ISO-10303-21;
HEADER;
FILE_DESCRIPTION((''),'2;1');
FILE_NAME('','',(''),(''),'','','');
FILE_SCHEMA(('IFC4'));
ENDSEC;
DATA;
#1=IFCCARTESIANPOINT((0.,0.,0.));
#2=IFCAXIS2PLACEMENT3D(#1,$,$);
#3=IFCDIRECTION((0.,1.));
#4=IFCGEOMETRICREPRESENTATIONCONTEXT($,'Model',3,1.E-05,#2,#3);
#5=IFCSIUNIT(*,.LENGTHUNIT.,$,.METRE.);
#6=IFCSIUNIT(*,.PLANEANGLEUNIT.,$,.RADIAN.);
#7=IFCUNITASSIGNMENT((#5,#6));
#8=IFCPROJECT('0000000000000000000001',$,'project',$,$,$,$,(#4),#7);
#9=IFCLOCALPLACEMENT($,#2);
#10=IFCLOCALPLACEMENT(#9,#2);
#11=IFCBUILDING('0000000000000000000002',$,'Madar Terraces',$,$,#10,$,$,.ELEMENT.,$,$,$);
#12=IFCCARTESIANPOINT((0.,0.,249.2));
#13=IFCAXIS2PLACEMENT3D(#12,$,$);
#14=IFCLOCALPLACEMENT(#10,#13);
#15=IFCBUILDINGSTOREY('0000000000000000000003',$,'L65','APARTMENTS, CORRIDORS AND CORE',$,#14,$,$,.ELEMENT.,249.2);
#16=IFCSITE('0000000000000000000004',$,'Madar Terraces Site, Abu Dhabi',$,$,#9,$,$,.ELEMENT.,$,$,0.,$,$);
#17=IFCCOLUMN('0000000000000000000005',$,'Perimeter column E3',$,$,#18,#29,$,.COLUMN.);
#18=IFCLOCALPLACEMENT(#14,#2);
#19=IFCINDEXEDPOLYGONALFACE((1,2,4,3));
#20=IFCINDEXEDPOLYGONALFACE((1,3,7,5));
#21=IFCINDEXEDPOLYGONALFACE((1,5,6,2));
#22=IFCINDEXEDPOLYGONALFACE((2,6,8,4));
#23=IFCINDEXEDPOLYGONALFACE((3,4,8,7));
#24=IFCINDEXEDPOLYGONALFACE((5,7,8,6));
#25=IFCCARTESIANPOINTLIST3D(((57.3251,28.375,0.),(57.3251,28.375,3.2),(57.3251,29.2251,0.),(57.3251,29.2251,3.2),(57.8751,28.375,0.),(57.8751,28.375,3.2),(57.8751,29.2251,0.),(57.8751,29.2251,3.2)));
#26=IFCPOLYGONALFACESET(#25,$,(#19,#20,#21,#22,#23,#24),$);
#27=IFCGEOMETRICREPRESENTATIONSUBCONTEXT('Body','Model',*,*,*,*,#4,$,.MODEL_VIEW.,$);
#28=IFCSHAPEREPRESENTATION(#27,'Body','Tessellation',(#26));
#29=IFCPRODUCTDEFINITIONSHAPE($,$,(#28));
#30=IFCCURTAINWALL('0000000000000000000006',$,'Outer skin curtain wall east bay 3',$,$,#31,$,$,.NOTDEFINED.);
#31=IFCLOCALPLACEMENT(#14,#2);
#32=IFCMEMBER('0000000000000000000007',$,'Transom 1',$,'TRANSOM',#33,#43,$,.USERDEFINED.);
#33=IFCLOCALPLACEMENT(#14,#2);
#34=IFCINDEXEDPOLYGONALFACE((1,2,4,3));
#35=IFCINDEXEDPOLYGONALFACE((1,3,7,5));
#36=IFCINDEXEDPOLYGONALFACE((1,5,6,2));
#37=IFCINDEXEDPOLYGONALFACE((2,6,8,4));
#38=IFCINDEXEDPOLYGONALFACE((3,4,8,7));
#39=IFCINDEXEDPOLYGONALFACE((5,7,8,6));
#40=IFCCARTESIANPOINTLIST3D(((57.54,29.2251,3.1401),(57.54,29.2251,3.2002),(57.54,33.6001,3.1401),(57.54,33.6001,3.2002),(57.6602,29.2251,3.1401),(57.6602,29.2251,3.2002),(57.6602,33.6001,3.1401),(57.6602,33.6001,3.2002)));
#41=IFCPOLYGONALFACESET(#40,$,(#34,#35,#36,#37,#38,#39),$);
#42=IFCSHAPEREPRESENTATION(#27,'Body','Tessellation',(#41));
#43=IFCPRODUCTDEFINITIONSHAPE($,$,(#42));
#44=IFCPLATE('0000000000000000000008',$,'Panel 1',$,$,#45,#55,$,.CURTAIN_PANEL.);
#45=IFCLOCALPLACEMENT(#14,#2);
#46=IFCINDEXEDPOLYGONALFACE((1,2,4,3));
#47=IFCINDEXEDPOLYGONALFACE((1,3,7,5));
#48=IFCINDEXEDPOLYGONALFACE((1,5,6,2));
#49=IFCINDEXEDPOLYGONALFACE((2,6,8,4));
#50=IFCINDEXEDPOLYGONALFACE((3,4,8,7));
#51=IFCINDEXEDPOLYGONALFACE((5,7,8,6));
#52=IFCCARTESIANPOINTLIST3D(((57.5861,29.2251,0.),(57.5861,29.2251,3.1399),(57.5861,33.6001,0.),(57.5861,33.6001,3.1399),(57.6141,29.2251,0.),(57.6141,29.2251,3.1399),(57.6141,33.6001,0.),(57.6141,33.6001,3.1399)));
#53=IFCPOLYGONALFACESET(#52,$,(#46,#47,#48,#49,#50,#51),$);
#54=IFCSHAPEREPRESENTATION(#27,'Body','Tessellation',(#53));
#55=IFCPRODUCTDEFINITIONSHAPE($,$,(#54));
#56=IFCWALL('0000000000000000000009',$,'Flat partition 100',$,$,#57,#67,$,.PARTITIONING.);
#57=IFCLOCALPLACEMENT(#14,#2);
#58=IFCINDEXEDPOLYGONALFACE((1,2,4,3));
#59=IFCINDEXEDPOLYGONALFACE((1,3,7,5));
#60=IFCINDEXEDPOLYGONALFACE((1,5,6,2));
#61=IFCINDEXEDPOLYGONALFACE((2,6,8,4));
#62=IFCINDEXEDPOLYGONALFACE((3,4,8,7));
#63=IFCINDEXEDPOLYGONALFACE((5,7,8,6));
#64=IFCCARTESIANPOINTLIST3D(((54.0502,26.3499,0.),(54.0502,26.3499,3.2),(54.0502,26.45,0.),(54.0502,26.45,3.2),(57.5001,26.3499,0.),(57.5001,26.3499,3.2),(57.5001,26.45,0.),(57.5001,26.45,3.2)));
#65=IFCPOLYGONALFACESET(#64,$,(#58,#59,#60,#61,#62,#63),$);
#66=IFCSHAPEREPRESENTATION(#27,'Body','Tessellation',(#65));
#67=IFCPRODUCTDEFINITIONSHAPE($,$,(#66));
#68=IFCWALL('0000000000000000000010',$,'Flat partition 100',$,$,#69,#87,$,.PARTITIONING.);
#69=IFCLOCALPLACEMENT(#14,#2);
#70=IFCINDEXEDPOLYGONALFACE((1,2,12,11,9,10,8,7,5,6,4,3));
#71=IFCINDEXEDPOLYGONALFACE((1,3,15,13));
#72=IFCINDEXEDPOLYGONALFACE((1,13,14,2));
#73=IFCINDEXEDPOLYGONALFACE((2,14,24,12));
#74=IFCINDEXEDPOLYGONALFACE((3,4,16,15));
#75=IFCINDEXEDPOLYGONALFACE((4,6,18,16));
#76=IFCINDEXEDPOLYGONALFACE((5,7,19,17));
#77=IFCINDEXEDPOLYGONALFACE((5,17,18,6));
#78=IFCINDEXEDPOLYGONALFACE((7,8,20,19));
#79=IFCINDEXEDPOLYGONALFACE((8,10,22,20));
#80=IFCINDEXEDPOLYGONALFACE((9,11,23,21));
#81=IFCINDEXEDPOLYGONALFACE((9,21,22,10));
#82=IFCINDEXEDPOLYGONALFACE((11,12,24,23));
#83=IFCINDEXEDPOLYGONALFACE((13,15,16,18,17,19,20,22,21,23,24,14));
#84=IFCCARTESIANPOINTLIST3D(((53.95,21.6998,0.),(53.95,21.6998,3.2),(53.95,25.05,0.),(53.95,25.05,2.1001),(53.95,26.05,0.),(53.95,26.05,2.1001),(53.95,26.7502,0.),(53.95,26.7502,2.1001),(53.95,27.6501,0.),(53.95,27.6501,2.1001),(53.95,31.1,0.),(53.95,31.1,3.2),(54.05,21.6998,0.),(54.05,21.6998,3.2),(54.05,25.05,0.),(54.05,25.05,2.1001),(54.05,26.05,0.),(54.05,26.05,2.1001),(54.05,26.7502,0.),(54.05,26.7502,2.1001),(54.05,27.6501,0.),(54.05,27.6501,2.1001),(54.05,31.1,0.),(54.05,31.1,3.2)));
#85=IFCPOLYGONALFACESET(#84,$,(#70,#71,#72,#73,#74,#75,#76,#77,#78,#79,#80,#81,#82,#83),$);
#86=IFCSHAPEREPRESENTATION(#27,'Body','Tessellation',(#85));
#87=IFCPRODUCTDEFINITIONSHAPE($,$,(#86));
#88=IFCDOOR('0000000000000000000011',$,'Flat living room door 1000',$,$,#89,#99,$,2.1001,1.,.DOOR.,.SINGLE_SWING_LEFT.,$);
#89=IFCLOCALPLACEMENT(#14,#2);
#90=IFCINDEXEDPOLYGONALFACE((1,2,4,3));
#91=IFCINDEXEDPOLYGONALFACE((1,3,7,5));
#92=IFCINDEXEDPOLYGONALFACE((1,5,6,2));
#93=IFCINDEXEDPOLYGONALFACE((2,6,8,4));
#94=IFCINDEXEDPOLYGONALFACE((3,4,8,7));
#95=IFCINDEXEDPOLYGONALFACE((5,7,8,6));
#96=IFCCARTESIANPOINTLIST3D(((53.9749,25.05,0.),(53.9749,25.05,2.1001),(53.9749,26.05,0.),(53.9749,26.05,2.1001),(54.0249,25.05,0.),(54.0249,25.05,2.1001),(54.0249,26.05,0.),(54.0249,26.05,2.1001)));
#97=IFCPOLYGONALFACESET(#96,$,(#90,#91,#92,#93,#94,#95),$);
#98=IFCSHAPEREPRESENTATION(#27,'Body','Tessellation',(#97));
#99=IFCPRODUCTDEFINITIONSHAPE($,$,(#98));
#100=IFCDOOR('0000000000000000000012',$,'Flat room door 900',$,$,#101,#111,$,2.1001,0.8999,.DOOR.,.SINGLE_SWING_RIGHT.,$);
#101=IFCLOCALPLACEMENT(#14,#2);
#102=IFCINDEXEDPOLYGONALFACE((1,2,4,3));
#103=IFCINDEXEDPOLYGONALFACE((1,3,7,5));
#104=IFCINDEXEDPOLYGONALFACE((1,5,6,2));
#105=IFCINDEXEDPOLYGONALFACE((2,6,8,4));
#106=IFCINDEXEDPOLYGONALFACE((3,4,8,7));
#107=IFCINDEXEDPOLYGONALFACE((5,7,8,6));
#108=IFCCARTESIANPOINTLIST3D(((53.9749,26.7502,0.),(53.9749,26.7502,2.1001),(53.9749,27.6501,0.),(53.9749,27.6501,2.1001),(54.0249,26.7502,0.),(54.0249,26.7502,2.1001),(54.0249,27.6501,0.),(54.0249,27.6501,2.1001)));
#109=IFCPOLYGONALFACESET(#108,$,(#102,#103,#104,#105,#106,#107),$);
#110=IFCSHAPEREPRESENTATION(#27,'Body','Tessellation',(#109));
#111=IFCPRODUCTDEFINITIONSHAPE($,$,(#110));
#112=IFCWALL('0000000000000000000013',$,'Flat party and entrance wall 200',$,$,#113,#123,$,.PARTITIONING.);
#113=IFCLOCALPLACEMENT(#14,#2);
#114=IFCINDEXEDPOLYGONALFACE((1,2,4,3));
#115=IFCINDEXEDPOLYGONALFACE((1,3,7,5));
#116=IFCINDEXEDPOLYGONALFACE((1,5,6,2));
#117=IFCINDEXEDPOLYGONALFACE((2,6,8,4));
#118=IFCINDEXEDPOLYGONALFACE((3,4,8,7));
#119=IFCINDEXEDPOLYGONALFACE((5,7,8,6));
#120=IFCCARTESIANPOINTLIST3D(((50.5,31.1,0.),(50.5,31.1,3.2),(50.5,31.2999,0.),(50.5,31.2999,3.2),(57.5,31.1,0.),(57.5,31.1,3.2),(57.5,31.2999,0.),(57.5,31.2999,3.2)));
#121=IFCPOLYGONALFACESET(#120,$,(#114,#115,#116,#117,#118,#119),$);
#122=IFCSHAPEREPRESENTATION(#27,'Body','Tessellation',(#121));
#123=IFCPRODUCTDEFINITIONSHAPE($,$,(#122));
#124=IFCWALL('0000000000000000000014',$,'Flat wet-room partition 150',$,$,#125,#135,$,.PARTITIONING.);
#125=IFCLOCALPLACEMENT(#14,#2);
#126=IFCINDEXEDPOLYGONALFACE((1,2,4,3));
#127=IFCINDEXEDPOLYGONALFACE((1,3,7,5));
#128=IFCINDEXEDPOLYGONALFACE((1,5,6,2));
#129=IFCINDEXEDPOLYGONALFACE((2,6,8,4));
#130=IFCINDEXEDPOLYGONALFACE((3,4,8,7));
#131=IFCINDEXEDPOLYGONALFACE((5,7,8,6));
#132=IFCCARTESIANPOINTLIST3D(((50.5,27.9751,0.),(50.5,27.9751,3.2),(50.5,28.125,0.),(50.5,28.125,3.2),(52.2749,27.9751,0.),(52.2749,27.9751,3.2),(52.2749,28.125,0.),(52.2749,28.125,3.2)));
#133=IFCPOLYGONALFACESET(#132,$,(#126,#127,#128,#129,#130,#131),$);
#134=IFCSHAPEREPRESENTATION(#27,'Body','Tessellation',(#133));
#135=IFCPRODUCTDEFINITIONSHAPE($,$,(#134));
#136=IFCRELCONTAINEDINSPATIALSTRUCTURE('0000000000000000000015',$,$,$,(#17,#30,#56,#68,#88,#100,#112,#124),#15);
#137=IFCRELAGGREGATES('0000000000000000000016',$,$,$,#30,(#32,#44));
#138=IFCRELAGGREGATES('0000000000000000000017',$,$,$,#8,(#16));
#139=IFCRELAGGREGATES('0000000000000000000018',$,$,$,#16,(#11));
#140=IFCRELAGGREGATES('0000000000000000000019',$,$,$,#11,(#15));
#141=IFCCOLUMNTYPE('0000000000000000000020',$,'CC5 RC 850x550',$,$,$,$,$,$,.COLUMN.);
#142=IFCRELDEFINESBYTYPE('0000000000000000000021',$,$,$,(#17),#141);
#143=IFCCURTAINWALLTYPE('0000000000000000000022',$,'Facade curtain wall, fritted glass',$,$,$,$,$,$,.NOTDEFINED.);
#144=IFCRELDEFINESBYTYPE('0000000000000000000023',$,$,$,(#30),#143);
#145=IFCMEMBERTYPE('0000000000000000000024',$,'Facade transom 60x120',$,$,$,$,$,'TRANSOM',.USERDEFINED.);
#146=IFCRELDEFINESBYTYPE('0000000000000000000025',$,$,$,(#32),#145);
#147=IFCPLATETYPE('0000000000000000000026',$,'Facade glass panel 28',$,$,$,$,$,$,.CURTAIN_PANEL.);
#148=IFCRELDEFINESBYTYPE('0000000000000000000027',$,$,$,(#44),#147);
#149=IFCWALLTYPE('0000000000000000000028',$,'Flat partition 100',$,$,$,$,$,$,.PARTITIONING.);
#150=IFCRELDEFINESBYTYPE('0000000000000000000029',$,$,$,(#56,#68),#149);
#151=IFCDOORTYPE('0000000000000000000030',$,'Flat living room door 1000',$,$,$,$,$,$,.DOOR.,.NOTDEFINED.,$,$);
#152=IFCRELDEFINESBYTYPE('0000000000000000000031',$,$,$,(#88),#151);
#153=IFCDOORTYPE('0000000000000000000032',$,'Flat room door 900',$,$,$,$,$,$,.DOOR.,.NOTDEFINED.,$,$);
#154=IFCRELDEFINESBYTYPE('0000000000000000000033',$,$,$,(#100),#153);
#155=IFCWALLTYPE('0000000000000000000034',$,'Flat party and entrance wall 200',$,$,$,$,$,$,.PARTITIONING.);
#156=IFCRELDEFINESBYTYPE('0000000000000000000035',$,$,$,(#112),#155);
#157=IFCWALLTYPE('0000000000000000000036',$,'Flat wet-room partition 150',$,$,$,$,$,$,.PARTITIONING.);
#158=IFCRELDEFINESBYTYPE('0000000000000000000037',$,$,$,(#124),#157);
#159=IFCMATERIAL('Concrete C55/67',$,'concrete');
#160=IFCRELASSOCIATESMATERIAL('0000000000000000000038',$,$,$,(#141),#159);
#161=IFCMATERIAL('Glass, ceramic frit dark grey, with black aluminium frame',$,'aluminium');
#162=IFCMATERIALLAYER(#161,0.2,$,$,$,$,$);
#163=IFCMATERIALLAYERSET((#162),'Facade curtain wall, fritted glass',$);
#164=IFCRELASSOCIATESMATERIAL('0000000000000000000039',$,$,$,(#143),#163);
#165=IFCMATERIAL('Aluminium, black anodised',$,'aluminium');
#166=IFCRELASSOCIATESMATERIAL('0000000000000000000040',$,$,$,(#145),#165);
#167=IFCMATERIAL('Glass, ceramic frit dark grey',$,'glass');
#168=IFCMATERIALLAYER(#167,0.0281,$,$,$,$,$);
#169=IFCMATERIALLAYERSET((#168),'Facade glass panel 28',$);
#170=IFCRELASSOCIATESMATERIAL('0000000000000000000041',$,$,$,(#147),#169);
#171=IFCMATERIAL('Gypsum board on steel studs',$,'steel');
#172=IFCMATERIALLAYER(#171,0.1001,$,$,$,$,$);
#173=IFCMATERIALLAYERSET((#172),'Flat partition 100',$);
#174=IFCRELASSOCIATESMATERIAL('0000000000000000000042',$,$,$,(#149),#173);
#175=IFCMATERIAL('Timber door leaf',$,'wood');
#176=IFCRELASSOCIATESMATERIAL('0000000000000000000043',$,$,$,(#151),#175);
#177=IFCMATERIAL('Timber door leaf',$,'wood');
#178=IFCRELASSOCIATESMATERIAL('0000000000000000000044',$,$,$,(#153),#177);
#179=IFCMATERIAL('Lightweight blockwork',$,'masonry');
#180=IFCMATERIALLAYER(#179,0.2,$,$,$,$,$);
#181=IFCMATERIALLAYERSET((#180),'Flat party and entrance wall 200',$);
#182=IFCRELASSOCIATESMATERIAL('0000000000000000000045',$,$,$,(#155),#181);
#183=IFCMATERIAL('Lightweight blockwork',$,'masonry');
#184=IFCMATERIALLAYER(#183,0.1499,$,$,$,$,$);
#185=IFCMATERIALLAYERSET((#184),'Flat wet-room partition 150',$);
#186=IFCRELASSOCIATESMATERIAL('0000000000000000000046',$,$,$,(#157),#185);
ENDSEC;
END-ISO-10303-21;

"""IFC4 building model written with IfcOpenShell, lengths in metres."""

from ifc_helpers import new_model, si_unit, direction, frame, frame_2d, origin, origin_2d, place, context, subcontext, project, spatial, rectangle, extrude, material, layer, layer_set, material_profile, profile_set, type_object, element, fill, aggregate, save


model = new_model("IFC4")

# Units and contexts
model_context = context("Model", 3, precision=1e-05, world=origin(), true_north=direction((0.0, 1.0)))
body_context = subcontext(model_context, "Body", "Model", "MODEL_VIEW")
ifc_project = project(units=[si_unit("LENGTHUNIT", "METRE"), si_unit("PLANEANGLEUNIT", "RADIAN")], contexts=[model_context])

# Site, building, storey
site_placement = place(None, origin())
site = spatial("IfcSite", under=ifc_project, at=site_placement, Name="Madar Terraces Site, Abu Dhabi", CompositionType="ELEMENT", RefElevation=0.0)
building_placement = place(site_placement, origin())
building = spatial("IfcBuilding", under=site, at=building_placement, Name="Madar Terraces", CompositionType="ELEMENT")
storey_placement = place(building_placement, frame((0.0, 0.0, 249.2)))
storey = spatial("IfcBuildingStorey", under=building, at=storey_placement, Name="L65", Description="APARTMENTS, CORRIDORS AND CORE", CompositionType="ELEMENT", Elevation=249.2)

# Column
ifc_material_1 = material(Name="Concrete C55/67", Category="concrete")
ifc_material_profile_1 = material_profile(ifc_material_1, rectangle(XDim=0.8501, YDim=0.55, at=origin_2d()), Name="CC5 RC 850x550")
ifc_profile_set_1 = profile_set([ifc_material_profile_1], Name="Concrete C55/67")
column_type = type_object("IfcColumnType", Name="CC5 RC 850x550", PredefinedType="COLUMN", material=ifc_profile_set_1)
column_placement = place(storey_placement, frame((57.6001, 28.8, 0.0), z_axis=(0.0, 0.0, 1.0), x_axis=(0.0, 1.0, 0.0)))
element("IfcColumn", 1, at=column_placement, inside=storey, type_object=column_type, Name="Perimeter column E3", PredefinedType="COLUMN", context=body_context, shape_type="SweptSolid", body=[
    extrude(rectangle(XDim=0.8501, YDim=0.55, at=origin_2d()), origin(), (0.0, 0.0, 1.0), 3.2),
])

# Curtain wall, member, plate
ifc_material_2 = material(Name="Glass, ceramic frit dark grey, with black aluminium frame", Category="aluminium")
ifc_layer_1 = layer(ifc_material_2, 0.2)
ifc_layer_set_1 = layer_set([ifc_layer_1], Name="Facade curtain wall, fritted glass")
curtain_wall_type = type_object("IfcCurtainWallType", Name="Facade curtain wall, fritted glass", PredefinedType="NOTDEFINED", material=ifc_layer_set_1)
curtain_wall_placement = place(storey_placement, origin())
curtain_wall = element("IfcCurtainWall", 2, at=curtain_wall_placement, inside=storey, type_object=curtain_wall_type, Name="Outer skin curtain wall east bay 3", PredefinedType="NOTDEFINED")
ifc_material_3 = material(Name="Aluminium, black anodised", Category="aluminium")
ifc_material_profile_2 = material_profile(ifc_material_3, rectangle(XDim=0.1201, YDim=0.0601, at=origin_2d()), Name="Facade transom 60x120")
ifc_profile_set_2 = profile_set([ifc_material_profile_2], Name="Aluminium, black anodised")
member_type = type_object("IfcMemberType", Name="Facade transom 60x120", ElementType="TRANSOM", PredefinedType="USERDEFINED", material=ifc_profile_set_2)
member_placement = place(storey_placement, frame((57.6001, 29.2251, 3.1702), z_axis=(0.0, 1.0, 0.0), x_axis=(-1.0, 0.0, 0.0)))
member = element("IfcMember", 3, at=member_placement, type_object=member_type, Name="Transom 1", ObjectType="TRANSOM", PredefinedType="USERDEFINED", context=body_context, shape_type="SweptSolid", body=[
    extrude(rectangle(XDim=0.1201, YDim=0.0601, at=origin_2d()), origin(), (0.0, 0.0, 1.0), 4.375),
])
ifc_material_4 = material(Name="Glass, ceramic frit dark grey", Category="glass")
ifc_layer_2 = layer(ifc_material_4, 0.0281)
ifc_layer_set_2 = layer_set([ifc_layer_2], Name="Facade glass panel 28")
plate_type = type_object("IfcPlateType", Name="Facade glass panel 28", PredefinedType="CURTAIN_PANEL", material=ifc_layer_set_2)
plate_placement = place(storey_placement, frame((57.6001, 31.4126, 0.0), z_axis=(0.0, 0.0, 1.0), x_axis=(0.0, 1.0, 0.0)))
plate = element("IfcPlate", 4, at=plate_placement, type_object=plate_type, Name="Panel 1", PredefinedType="CURTAIN_PANEL", context=body_context, shape_type="SweptSolid", body=[
    extrude(rectangle(XDim=4.375, YDim=0.0281, at=origin_2d()), origin(), (0.0, 0.0, 1.0), 3.1399),
])
aggregate(curtain_wall, [member, plate])

# Wall
ifc_material_5 = material(Name="Gypsum board on steel studs", Category="steel")
ifc_layer_3 = layer(ifc_material_5, 0.1001)
ifc_layer_set_3 = layer_set([ifc_layer_3], Name="Flat partition 100")
wall_type_1 = type_object("IfcWallType", Name="Flat partition 100", PredefinedType="PARTITIONING", material=ifc_layer_set_3)
wall_1_placement = place(storey_placement, frame((54.05, 26.3999, 0.0), z_axis=(0.0, 0.0, 1.0), x_axis=(1.0, 0.0, 0.0)))
element("IfcWall", 5, at=wall_1_placement, inside=storey, type_object=wall_type_1, Name="Flat partition 100", PredefinedType="PARTITIONING", context=body_context, shape_type="SweptSolid", body=[
    extrude(rectangle(XDim=3.45, YDim=0.1001, at=frame_2d((1.7251, 0.0))), origin(), (0.0, 0.0, 1.0), 3.2),
])

# Wall, openings, doors
wall_2_placement = place(storey_placement, frame((54.0, 31.1001, 0.0), z_axis=(0.0, 0.0, 1.0), x_axis=(0.0, -1.0, 0.0)))
wall_2 = element("IfcWall", 6, at=wall_2_placement, inside=storey, type_object=wall_type_1, Name="Flat partition 100", PredefinedType="PARTITIONING", context=body_context, shape_type="SweptSolid", body=[
    extrude(rectangle(XDim=9.4001, YDim=0.1001, at=frame_2d((4.7002, 0.0))), origin(), (0.0, 0.0, 1.0), 3.2),
])
opening_1_placement = place(wall_2_placement, frame((5.05, 0.0, 0.0)))
opening_1 = element("IfcOpeningElement", 7, at=opening_1_placement, cuts=wall_2, PredefinedType="OPENING", context=body_context, shape_type="SweptSolid", body=[
    extrude(rectangle(XDim=1.0, YDim=2.1001, at=frame_2d((0.5, 1.05))), frame((0.0, 0.0601, 0.0), z_axis=(0.0, -1.0, 0.0), x_axis=(1.0, 0.0, 0.0)), (0.0, 0.0, 1.0), 0.1201),
])
opening_2_placement = place(wall_2_placement, frame((3.45, 0.0, 0.0)))
opening_2 = element("IfcOpeningElement", 8, at=opening_2_placement, cuts=wall_2, PredefinedType="OPENING", context=body_context, shape_type="SweptSolid", body=[
    extrude(rectangle(XDim=0.8999, YDim=2.1001, at=frame_2d((0.45, 1.05))), frame((0.0, 0.0601, 0.0), z_axis=(0.0, -1.0, 0.0), x_axis=(1.0, 0.0, 0.0)), (0.0, 0.0, 1.0), 0.1201),
])
ifc_material_6 = material(Name="Timber door leaf", Category="wood")
door_type_1 = type_object("IfcDoorType", Name="Flat living room door 1000", OperationType="NOTDEFINED", PredefinedType="DOOR", material=ifc_material_6)
door_1_placement = place(opening_1_placement, origin())
door_1 = element("IfcDoor", 9, at=door_1_placement, inside=storey, type_object=door_type_1, Name="Flat living room door 1000", OperationType="SINGLE_SWING_LEFT", OverallHeight=2.1001, OverallWidth=1.0, PredefinedType="DOOR", context=body_context, shape_type="SweptSolid", body=[
    extrude(rectangle(XDim=1.0, YDim=2.1001, at=frame_2d((0.5, 1.05))), frame((0.0, 0.0249, 0.0), z_axis=(0.0, -1.0, 0.0), x_axis=(1.0, 0.0, 0.0)), (0.0, 0.0, 1.0), 0.05),
])
fill(opening_1, door_1)
ifc_material_7 = material(Name="Timber door leaf", Category="wood")
door_type_2 = type_object("IfcDoorType", Name="Flat room door 900", OperationType="NOTDEFINED", PredefinedType="DOOR", material=ifc_material_7)
door_2_placement = place(opening_2_placement, origin())
door_2 = element("IfcDoor", 10, at=door_2_placement, inside=storey, type_object=door_type_2, Name="Flat room door 900", OperationType="SINGLE_SWING_RIGHT", OverallHeight=2.1001, OverallWidth=0.8999, PredefinedType="DOOR", context=body_context, shape_type="SweptSolid", body=[
    extrude(rectangle(XDim=0.8999, YDim=2.1001, at=frame_2d((0.45, 1.05))), frame((0.0, 0.0249, 0.0), z_axis=(0.0, -1.0, 0.0), x_axis=(1.0, 0.0, 0.0)), (0.0, 0.0, 1.0), 0.05),
])
fill(opening_2, door_2)

# Walls
ifc_material_8 = material(Name="Lightweight blockwork", Category="masonry")
ifc_layer_4 = layer(ifc_material_8, 0.2)
ifc_layer_set_4 = layer_set([ifc_layer_4], Name="Flat party and entrance wall 200")
wall_type_2 = type_object("IfcWallType", Name="Flat party and entrance wall 200", PredefinedType="PARTITIONING", material=ifc_layer_set_4)
wall_3_placement = place(storey_placement, frame((50.5, 31.2, 0.0), z_axis=(0.0, 0.0, 1.0), x_axis=(1.0, 0.0, 0.0)))
element("IfcWall", 11, at=wall_3_placement, inside=storey, type_object=wall_type_2, Name="Flat party and entrance wall 200", PredefinedType="PARTITIONING", context=body_context, shape_type="SweptSolid", body=[
    extrude(rectangle(XDim=7.0, YDim=0.2, at=frame_2d((3.5, 0.0))), origin(), (0.0, 0.0, 1.0), 3.2),
])
ifc_material_9 = material(Name="Lightweight blockwork", Category="masonry")
ifc_layer_5 = layer(ifc_material_9, 0.1499)
ifc_layer_set_5 = layer_set([ifc_layer_5], Name="Flat wet-room partition 150")
wall_type_3 = type_object("IfcWallType", Name="Flat wet-room partition 150", PredefinedType="PARTITIONING", material=ifc_layer_set_5)
wall_4_placement = place(storey_placement, frame((50.5, 28.05, 0.0), z_axis=(0.0, 0.0, 1.0), x_axis=(1.0, 0.0, 0.0)))
element("IfcWall", 12, at=wall_4_placement, inside=storey, type_object=wall_type_3, Name="Flat wet-room partition 150", PredefinedType="PARTITIONING", context=body_context, shape_type="SweptSolid", body=[
    extrude(rectangle(XDim=1.7749, YDim=0.1499, at=frame_2d((0.8875, 0.0))), origin(), (0.0, 0.0, 1.0), 3.2),
])

save(model, "model.ifc")
